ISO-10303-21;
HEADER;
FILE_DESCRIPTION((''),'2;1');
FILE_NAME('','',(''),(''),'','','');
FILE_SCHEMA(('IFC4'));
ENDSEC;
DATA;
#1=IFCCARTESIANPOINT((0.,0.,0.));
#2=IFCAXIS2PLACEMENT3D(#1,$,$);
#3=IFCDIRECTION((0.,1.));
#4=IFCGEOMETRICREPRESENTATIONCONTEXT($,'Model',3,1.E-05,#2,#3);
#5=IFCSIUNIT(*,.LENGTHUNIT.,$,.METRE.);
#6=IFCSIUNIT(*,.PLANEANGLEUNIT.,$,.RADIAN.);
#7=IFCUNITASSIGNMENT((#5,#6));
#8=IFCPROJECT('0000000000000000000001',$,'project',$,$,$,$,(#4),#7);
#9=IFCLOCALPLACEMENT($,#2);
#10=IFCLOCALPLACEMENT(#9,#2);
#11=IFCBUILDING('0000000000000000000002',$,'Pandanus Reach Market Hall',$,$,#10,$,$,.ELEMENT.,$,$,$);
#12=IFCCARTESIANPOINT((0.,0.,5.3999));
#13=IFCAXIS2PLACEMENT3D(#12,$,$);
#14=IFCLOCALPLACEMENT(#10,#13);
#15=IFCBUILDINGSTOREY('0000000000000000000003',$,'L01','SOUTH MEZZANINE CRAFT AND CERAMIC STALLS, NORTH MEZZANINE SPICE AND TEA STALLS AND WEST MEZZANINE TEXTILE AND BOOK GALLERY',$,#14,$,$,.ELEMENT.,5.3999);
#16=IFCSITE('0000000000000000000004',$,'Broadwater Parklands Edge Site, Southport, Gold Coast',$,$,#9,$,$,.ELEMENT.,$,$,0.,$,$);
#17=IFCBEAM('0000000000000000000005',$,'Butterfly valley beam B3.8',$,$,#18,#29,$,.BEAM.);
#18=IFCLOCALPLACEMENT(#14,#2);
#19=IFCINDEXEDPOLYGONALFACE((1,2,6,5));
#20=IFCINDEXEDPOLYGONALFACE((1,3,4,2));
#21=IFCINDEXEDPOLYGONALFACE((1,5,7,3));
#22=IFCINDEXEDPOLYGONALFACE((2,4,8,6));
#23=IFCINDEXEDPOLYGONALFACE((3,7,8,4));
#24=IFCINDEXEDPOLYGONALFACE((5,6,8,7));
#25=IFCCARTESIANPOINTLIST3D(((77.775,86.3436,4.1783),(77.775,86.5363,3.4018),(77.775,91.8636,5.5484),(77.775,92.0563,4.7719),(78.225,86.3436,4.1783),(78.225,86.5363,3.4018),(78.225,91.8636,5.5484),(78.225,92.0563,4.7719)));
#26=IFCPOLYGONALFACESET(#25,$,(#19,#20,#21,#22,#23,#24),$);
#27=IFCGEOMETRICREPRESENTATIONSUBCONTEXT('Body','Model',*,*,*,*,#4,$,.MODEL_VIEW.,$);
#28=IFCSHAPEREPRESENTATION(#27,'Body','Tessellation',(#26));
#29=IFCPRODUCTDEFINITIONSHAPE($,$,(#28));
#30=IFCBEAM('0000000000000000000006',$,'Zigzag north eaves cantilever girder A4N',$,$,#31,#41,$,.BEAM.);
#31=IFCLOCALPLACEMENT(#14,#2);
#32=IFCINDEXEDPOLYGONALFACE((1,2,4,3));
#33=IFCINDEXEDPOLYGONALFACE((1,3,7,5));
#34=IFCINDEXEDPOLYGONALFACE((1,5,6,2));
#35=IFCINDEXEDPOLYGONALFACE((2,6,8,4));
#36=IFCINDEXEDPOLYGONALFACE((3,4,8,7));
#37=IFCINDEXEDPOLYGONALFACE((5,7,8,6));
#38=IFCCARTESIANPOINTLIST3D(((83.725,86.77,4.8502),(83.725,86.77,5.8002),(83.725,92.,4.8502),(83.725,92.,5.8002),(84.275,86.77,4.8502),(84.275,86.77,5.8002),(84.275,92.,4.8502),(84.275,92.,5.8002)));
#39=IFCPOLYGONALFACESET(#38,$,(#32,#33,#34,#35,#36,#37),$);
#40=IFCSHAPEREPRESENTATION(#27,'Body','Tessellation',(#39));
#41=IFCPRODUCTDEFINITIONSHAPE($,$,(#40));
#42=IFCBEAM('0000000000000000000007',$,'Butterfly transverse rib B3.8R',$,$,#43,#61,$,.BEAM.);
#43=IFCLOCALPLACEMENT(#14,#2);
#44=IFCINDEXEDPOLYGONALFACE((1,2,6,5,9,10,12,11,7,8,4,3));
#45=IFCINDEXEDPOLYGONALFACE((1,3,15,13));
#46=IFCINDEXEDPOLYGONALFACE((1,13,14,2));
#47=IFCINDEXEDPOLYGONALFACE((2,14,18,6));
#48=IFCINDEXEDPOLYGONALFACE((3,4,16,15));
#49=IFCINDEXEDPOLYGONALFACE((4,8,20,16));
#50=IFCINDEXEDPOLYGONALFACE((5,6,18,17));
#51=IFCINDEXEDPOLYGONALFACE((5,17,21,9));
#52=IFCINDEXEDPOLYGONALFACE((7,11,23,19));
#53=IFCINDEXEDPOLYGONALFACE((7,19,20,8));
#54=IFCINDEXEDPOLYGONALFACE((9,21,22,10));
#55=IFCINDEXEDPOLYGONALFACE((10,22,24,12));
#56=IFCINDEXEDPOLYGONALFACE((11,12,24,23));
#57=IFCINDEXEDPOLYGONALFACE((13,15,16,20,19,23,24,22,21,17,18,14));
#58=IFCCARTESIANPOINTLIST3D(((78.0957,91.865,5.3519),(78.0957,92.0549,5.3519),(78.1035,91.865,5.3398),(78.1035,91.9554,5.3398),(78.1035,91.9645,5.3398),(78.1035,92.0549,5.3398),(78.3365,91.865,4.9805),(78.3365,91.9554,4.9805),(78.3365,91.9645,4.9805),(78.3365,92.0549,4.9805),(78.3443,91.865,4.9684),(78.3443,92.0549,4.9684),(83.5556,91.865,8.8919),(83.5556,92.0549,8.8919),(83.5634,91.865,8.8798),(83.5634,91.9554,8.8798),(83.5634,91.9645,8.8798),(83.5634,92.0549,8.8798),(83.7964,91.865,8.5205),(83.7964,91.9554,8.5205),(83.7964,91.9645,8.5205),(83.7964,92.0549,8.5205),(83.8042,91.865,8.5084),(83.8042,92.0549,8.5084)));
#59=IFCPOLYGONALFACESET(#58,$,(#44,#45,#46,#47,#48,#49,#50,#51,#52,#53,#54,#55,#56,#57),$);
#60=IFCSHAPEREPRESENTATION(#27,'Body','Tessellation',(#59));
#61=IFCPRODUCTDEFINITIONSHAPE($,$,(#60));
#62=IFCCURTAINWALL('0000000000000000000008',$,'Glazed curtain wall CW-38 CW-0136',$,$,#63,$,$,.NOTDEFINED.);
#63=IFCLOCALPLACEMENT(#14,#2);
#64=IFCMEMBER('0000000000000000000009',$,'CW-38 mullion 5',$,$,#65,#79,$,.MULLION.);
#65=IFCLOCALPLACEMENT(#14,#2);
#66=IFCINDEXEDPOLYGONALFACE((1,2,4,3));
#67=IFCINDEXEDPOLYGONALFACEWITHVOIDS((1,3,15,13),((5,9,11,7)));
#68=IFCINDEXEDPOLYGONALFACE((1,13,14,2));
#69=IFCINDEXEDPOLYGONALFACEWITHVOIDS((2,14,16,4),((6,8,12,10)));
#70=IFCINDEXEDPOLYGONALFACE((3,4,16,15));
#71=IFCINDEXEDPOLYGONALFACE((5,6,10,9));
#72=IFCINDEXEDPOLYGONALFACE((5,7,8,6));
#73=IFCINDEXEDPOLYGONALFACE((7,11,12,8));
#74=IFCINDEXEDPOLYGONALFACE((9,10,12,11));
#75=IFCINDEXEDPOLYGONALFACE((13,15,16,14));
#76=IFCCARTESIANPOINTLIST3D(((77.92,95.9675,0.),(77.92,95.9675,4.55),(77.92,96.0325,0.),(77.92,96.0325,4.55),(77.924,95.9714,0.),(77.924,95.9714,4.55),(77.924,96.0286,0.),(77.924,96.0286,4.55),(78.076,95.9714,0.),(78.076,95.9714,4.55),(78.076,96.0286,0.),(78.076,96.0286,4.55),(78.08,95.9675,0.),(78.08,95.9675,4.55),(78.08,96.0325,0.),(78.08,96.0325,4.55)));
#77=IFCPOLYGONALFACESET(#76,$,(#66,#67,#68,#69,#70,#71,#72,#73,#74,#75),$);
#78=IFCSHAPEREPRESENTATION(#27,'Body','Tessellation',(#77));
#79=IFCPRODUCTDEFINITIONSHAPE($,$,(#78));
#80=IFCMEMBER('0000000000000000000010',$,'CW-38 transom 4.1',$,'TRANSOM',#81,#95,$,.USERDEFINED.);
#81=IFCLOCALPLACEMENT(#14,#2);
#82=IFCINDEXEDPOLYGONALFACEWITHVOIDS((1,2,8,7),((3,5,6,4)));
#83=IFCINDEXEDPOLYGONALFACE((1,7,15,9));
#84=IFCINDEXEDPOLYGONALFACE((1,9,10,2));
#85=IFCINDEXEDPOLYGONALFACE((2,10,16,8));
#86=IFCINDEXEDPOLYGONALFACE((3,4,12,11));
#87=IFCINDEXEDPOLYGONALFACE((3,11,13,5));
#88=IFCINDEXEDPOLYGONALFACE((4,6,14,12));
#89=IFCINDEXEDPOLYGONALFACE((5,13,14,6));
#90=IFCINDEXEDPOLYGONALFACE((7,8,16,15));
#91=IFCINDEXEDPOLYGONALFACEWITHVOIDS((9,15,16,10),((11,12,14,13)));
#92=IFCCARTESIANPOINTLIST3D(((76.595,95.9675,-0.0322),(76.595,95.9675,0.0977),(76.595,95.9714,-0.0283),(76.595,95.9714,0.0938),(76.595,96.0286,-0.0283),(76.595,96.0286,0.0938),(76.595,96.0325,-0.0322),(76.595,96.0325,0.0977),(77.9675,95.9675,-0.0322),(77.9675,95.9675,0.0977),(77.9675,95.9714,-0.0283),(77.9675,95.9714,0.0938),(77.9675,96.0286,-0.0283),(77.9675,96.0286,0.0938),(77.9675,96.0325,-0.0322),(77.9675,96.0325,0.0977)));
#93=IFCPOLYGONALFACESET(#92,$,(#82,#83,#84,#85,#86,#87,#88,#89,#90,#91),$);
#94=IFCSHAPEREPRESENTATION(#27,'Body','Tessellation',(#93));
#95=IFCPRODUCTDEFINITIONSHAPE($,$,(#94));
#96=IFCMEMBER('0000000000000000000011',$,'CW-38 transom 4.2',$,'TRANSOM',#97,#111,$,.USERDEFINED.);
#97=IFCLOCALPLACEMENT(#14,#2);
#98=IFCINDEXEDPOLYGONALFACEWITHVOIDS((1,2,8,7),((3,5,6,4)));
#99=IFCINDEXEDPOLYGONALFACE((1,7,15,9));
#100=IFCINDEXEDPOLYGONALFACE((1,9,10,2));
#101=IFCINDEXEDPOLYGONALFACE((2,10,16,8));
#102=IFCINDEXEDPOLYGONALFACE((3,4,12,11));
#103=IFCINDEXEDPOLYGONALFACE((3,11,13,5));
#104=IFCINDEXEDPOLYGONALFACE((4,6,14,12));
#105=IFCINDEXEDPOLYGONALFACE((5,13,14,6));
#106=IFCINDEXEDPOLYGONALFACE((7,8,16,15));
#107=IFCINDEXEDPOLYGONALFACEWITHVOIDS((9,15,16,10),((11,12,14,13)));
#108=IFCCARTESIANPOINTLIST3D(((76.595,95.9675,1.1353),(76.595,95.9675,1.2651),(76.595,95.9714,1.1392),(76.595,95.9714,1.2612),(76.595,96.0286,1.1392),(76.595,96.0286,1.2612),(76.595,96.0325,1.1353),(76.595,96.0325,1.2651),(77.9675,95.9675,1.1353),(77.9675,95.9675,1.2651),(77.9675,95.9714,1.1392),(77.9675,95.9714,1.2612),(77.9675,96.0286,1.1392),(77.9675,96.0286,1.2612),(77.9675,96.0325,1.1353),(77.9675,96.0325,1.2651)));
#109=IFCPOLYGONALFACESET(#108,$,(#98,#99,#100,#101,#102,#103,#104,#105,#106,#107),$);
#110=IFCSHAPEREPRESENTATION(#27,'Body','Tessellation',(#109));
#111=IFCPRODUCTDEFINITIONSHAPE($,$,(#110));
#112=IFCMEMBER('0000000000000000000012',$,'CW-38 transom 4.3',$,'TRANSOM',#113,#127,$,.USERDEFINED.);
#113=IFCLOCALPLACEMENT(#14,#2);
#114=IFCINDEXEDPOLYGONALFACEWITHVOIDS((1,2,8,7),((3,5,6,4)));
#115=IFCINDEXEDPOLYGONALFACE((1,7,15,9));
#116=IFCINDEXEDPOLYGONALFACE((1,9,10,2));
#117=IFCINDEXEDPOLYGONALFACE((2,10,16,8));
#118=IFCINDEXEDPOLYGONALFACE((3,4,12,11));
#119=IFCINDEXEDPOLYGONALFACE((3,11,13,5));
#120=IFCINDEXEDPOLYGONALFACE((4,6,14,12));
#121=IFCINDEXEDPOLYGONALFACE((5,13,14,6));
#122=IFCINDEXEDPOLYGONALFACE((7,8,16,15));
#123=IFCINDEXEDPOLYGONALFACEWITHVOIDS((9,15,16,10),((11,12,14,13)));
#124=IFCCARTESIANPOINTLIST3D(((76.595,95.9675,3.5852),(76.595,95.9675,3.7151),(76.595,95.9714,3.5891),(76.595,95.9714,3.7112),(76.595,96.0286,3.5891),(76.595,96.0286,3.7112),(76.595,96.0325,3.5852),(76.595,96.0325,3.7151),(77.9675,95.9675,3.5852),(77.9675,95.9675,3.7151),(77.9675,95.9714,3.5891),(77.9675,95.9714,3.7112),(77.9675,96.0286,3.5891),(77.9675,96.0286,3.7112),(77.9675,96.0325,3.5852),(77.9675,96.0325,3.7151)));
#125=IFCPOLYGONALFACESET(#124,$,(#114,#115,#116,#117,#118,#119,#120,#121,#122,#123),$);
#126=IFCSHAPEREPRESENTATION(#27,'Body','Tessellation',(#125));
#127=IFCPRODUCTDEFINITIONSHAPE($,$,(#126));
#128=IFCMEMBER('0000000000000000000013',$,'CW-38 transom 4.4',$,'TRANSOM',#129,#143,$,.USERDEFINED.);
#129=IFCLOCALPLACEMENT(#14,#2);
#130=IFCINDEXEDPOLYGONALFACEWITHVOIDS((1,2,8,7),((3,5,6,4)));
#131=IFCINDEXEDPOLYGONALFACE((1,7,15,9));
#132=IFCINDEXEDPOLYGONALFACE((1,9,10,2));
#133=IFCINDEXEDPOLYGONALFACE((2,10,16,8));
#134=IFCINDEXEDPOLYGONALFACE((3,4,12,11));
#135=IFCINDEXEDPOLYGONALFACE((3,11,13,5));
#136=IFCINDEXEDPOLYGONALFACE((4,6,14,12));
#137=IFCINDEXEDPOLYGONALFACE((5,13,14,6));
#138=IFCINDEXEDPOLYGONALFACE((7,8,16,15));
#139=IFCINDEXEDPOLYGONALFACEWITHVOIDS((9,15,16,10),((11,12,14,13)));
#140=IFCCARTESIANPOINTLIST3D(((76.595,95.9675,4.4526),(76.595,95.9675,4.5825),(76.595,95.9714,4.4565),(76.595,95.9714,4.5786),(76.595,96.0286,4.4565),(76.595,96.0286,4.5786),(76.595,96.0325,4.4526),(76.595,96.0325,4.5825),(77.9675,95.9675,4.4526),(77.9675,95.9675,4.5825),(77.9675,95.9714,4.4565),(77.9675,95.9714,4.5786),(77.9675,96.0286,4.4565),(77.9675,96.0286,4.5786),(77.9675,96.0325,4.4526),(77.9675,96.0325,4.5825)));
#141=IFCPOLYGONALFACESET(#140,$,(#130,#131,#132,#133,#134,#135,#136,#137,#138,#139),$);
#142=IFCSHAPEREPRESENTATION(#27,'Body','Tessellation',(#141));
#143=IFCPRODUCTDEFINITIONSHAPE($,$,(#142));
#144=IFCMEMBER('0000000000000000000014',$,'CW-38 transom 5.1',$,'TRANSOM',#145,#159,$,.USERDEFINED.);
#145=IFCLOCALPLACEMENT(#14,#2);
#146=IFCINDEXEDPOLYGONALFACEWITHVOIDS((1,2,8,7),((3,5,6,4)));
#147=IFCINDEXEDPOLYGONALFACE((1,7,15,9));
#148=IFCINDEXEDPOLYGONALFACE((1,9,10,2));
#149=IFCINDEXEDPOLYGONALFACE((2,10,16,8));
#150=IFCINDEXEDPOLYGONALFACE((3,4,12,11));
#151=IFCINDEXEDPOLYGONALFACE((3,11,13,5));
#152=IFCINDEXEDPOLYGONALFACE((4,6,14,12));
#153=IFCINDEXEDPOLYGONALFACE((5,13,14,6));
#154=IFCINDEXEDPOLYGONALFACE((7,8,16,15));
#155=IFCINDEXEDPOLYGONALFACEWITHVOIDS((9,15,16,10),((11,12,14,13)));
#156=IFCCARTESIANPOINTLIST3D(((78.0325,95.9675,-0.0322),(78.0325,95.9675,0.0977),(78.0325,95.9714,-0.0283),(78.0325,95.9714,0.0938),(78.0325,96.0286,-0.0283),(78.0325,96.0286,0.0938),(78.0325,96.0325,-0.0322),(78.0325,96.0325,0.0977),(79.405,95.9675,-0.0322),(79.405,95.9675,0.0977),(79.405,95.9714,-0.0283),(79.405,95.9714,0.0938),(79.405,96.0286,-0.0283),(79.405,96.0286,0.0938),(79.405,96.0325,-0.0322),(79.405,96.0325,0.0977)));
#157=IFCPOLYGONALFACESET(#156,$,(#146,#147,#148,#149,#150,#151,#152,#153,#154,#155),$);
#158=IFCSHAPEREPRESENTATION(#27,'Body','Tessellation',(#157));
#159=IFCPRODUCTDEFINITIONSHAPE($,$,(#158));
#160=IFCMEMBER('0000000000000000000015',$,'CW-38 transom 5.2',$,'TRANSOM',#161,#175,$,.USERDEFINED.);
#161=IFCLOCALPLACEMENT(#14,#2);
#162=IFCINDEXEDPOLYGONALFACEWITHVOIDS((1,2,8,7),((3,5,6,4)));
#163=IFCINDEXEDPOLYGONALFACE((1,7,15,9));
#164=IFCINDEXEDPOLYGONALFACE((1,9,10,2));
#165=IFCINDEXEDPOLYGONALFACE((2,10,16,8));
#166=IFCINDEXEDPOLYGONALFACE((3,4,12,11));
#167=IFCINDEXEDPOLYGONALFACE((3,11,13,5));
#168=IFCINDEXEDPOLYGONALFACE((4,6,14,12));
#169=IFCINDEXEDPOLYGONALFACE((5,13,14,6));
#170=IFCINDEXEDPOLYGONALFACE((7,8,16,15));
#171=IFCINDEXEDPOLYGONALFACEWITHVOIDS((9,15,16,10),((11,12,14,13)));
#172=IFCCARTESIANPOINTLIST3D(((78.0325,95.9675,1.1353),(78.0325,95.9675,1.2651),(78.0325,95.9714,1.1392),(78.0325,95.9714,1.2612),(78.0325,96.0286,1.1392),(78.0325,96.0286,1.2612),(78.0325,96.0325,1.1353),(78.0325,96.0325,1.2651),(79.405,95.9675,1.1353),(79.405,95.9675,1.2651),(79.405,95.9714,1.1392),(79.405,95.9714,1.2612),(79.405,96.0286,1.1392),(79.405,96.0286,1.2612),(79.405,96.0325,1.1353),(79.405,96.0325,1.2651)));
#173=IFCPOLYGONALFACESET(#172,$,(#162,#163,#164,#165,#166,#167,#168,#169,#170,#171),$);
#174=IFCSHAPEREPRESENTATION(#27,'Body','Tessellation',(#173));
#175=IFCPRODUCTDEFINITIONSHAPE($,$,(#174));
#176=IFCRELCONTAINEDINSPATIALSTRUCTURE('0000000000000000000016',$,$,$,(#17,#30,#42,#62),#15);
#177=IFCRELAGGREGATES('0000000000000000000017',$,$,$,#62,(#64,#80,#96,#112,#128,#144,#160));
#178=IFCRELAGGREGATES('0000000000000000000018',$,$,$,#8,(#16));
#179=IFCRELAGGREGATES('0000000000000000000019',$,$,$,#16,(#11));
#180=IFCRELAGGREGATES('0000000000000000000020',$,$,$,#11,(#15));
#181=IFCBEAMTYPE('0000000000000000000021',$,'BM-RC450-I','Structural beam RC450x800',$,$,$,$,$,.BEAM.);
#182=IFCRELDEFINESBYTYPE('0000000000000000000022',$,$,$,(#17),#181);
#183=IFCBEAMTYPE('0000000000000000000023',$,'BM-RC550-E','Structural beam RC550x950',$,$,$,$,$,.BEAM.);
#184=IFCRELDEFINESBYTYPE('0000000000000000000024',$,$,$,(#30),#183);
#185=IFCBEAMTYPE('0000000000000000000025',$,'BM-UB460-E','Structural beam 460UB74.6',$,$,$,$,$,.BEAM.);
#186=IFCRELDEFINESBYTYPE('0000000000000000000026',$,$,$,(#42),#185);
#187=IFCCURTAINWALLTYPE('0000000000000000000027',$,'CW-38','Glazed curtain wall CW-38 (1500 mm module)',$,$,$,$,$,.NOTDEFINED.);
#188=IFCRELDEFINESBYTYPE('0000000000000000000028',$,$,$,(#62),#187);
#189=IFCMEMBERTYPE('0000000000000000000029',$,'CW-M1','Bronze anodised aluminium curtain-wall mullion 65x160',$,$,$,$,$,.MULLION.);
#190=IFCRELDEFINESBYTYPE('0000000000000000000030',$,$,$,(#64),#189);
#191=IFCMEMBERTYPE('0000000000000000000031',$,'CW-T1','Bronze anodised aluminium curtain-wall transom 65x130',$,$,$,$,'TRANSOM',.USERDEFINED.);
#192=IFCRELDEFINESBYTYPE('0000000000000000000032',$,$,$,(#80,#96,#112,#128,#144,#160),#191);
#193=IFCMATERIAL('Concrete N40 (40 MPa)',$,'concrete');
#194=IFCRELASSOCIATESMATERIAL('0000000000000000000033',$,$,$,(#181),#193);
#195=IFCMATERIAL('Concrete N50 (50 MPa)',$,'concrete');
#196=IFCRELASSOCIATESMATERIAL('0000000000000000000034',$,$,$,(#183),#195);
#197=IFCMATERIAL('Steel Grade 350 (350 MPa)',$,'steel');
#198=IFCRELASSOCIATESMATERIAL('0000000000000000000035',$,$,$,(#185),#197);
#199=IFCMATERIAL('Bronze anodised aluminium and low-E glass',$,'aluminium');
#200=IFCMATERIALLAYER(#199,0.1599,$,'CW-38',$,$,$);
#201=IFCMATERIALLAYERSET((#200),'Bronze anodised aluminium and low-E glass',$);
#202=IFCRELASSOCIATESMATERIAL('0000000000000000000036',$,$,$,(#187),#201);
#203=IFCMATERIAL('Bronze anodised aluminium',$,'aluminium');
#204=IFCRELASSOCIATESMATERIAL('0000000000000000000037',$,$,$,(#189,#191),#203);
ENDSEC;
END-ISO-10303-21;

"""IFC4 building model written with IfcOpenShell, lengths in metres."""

from ifc_helpers import new_model, si_unit, direction, frame, origin, origin_2d, place, context, subcontext, project, spatial, rectangle, hollow_rectangle, i_section, extrude, material, layer, layer_set, material_profile, profile_set, type_object, element, aggregate, save


model = new_model("IFC4")

# Units and contexts
model_context = context("Model", 3, precision=1e-05, world=origin(), true_north=direction((0.0, 1.0)))
body_context = subcontext(model_context, "Body", "Model", "MODEL_VIEW")
ifc_project = project(units=[si_unit("LENGTHUNIT", "METRE"), si_unit("PLANEANGLEUNIT", "RADIAN")], contexts=[model_context])

# Site, building, storey
site_placement = place(None, origin())
site = spatial("IfcSite", under=ifc_project, at=site_placement, Name="Broadwater Parklands Edge Site, Southport, Gold Coast", CompositionType="ELEMENT", RefElevation=0.0)
building_placement = place(site_placement, origin())
building = spatial("IfcBuilding", under=site, at=building_placement, Name="Pandanus Reach Market Hall", CompositionType="ELEMENT")
storey_placement = place(building_placement, frame((0.0, 0.0, 5.3999)))
storey = spatial("IfcBuildingStorey", under=building, at=storey_placement, Name="L01", Description="SOUTH MEZZANINE CRAFT AND CERAMIC STALLS, NORTH MEZZANINE SPICE AND TEA STALLS AND WEST MEZZANINE TEXTILE AND BOOK GALLERY", CompositionType="ELEMENT", Elevation=5.3999)

# Beams
ifc_material_1 = material(Name="Concrete N40 (40 MPa)", Category="concrete")
ifc_material_profile_1 = material_profile(ifc_material_1, rectangle(XDim=0.45, YDim=0.8, at=origin_2d()), Name="RC450x800", Category="LoadBearing")
ifc_profile_set_1 = profile_set([ifc_material_profile_1], Name="Concrete N40 (40 MPa)")
beam_type_1 = type_object("IfcBeamType", Name="BM-RC450-I", Description="Structural beam RC450x800", PredefinedType="BEAM", material=ifc_profile_set_1)
beam_1_placement = place(storey_placement, frame((78.0, 86.4399, 3.79), z_axis=(0.0, 0.97055, 0.240899), x_axis=(-1.0, 0.0, 0.0)))
element("IfcBeam", 1, at=beam_1_placement, inside=storey, type_object=beam_type_1, Name="Butterfly valley beam B3.8", PredefinedType="BEAM", context=body_context, shape_type="SweptSolid", body=[
    extrude(rectangle(XDim=0.45, YDim=0.8, at=origin_2d()), origin(), (0.0, 0.0, 1.0), 5.6875),
])
ifc_material_2 = material(Name="Concrete N50 (50 MPa)", Category="concrete")
ifc_material_profile_2 = material_profile(ifc_material_2, rectangle(XDim=0.55, YDim=0.95, at=origin_2d()), Name="RC550x950", Category="LoadBearing")
ifc_profile_set_2 = profile_set([ifc_material_profile_2], Name="Concrete N50 (50 MPa)")
beam_type_2 = type_object("IfcBeamType", Name="BM-RC550-E", Description="Structural beam RC550x950", PredefinedType="BEAM", material=ifc_profile_set_2)
beam_2_placement = place(storey_placement, frame((84.0, 86.77, 5.3252), z_axis=(0.0, 1.0, 0.0), x_axis=(-1.0, 0.0, 0.0)))
element("IfcBeam", 2, at=beam_2_placement, inside=storey, type_object=beam_type_2, Name="Zigzag north eaves cantilever girder A4N", PredefinedType="BEAM", context=body_context, shape_type="SweptSolid", body=[
    extrude(rectangle(XDim=0.55, YDim=0.95, at=origin_2d()), origin(), (0.0, 0.0, 1.0), 5.23),
])
ifc_material_3 = material(Name="Steel Grade 350 (350 MPa)", Category="steel")
ifc_material_profile_3 = material_profile(ifc_material_3, i_section(OverallWidth=0.1899, OverallDepth=0.457, WebThickness=0.009, FlangeThickness=0.0144, at=origin_2d()), Name="460UB74.6", Category="LoadBearing")
ifc_profile_set_3 = profile_set([ifc_material_profile_3], Name="Steel Grade 350 (350 MPa)")
beam_type_3 = type_object("IfcBeamType", Name="BM-UB460-E", Description="Structural beam 460UB74.6", PredefinedType="BEAM", material=ifc_profile_set_3)
beam_3_placement = place(storey_placement, frame((78.22, 91.96, 5.1602), z_axis=(0.839071, 0.0, 0.544023), x_axis=(0.0, 1.0, 0.0)))
element("IfcBeam", 3, at=beam_3_placement, inside=storey, type_object=beam_type_3, Name="Butterfly transverse rib B3.8R", PredefinedType="BEAM", context=body_context, shape_type="SweptSolid", body=[
    extrude(i_section(OverallWidth=0.1899, OverallDepth=0.457, WebThickness=0.009, FlangeThickness=0.0144, at=origin_2d()), origin(), (0.0, 0.0, 1.0), 6.5071),
])

# Curtain wall, members
ifc_material_4 = material(Name="Bronze anodised aluminium and low-E glass", Category="aluminium")
ifc_layer_1 = layer(ifc_material_4, 0.1599, Name="CW-38")
ifc_layer_set_1 = layer_set([ifc_layer_1], Name="Bronze anodised aluminium and low-E glass")
curtain_wall_type = type_object("IfcCurtainWallType", Name="CW-38", Description="Glazed curtain wall CW-38 (1500 mm module)", PredefinedType="NOTDEFINED", material=ifc_layer_set_1)
curtain_wall_placement = place(storey_placement, origin())
curtain_wall = element("IfcCurtainWall", 4, at=curtain_wall_placement, inside=storey, type_object=curtain_wall_type, Name="Glazed curtain wall CW-38 CW-0136", PredefinedType="NOTDEFINED")
ifc_material_5 = material(Name="Bronze anodised aluminium", Category="aluminium")
ifc_material_profile_4 = material_profile(ifc_material_5, hollow_rectangle(XDim=0.0649, YDim=0.1599, WallThickness=0.0039, at=origin_2d()), Name="ALU65x160", Category="LoadBearing")
ifc_profile_set_4 = profile_set([ifc_material_profile_4], Name="Bronze anodised aluminium")
member_type_1 = type_object("IfcMemberType", Name="CW-M1", Description="Bronze anodised aluminium curtain-wall mullion 65x160", PredefinedType="MULLION", material=ifc_profile_set_4)
member_1_placement = place(storey_placement, frame((78.0, 96.0, 0.0), z_axis=(0.0, 0.0, 1.0), x_axis=(0.0, 1.0, 0.0)))
member_1 = element("IfcMember", 5, at=member_1_placement, type_object=member_type_1, Name="CW-38 mullion 5", PredefinedType="MULLION", context=body_context, shape_type="SweptSolid", body=[
    extrude(hollow_rectangle(XDim=0.0649, YDim=0.1599, WallThickness=0.0039, at=origin_2d()), origin(), (0.0, 0.0, 1.0), 4.55),
])
ifc_material_profile_5 = material_profile(ifc_material_5, hollow_rectangle(XDim=0.0649, YDim=0.1299, WallThickness=0.0039, at=origin_2d()), Name="ALU65x130", Category="LoadBearing")
ifc_profile_set_5 = profile_set([ifc_material_profile_5], Name="Bronze anodised aluminium")
member_type_2 = type_object("IfcMemberType", Name="CW-T1", Description="Bronze anodised aluminium curtain-wall transom 65x130", ElementType="TRANSOM", PredefinedType="USERDEFINED", material=ifc_profile_set_5)
member_2_placement = place(storey_placement, frame((76.595, 96.0, 0.0327), z_axis=(1.0, 0.0, 0.0), x_axis=(0.0, 1.0, 0.0)))
member_2 = element("IfcMember", 6, at=member_2_placement, type_object=member_type_2, Name="CW-38 transom 4.1", ObjectType="TRANSOM", PredefinedType="USERDEFINED", context=body_context, shape_type="SweptSolid", body=[
    extrude(hollow_rectangle(XDim=0.0649, YDim=0.1299, WallThickness=0.0039, at=origin_2d()), origin(), (0.0, 0.0, 1.0), 1.3726),
])
member_3_placement = place(storey_placement, frame((76.595, 96.0, 1.2002), z_axis=(1.0, 0.0, 0.0), x_axis=(0.0, 1.0, 0.0)))
member_3 = element("IfcMember", 7, at=member_3_placement, type_object=member_type_2, Name="CW-38 transom 4.2", ObjectType="TRANSOM", PredefinedType="USERDEFINED", context=body_context, shape_type="SweptSolid", body=[
    extrude(hollow_rectangle(XDim=0.0649, YDim=0.1299, WallThickness=0.0039, at=origin_2d()), origin(), (0.0, 0.0, 1.0), 1.3726),
])
member_4_placement = place(storey_placement, frame((76.595, 96.0, 3.6501), z_axis=(1.0, 0.0, 0.0), x_axis=(0.0, 1.0, 0.0)))
member_4 = element("IfcMember", 8, at=member_4_placement, type_object=member_type_2, Name="CW-38 transom 4.3", ObjectType="TRANSOM", PredefinedType="USERDEFINED", context=body_context, shape_type="SweptSolid", body=[
    extrude(hollow_rectangle(XDim=0.0649, YDim=0.1299, WallThickness=0.0039, at=origin_2d()), origin(), (0.0, 0.0, 1.0), 1.3726),
])
member_5_placement = place(storey_placement, frame((76.595, 96.0, 4.5176), z_axis=(1.0, 0.0, 0.0), x_axis=(0.0, 1.0, 0.0)))
member_5 = element("IfcMember", 9, at=member_5_placement, type_object=member_type_2, Name="CW-38 transom 4.4", ObjectType="TRANSOM", PredefinedType="USERDEFINED", context=body_context, shape_type="SweptSolid", body=[
    extrude(hollow_rectangle(XDim=0.0649, YDim=0.1299, WallThickness=0.0039, at=origin_2d()), origin(), (0.0, 0.0, 1.0), 1.3726),
])
member_6_placement = place(storey_placement, frame((78.0325, 96.0, 0.0327), z_axis=(1.0, 0.0, 0.0), x_axis=(0.0, 1.0, 0.0)))
member_6 = element("IfcMember", 10, at=member_6_placement, type_object=member_type_2, Name="CW-38 transom 5.1", ObjectType="TRANSOM", PredefinedType="USERDEFINED", context=body_context, shape_type="SweptSolid", body=[
    extrude(hollow_rectangle(XDim=0.0649, YDim=0.1299, WallThickness=0.0039, at=origin_2d()), origin(), (0.0, 0.0, 1.0), 1.3726),
])
member_7_placement = place(storey_placement, frame((78.0325, 96.0, 1.2002), z_axis=(1.0, 0.0, 0.0), x_axis=(0.0, 1.0, 0.0)))
member_7 = element("IfcMember", 11, at=member_7_placement, type_object=member_type_2, Name="CW-38 transom 5.2", ObjectType="TRANSOM", PredefinedType="USERDEFINED", context=body_context, shape_type="SweptSolid", body=[
    extrude(hollow_rectangle(XDim=0.0649, YDim=0.1299, WallThickness=0.0039, at=origin_2d()), origin(), (0.0, 0.0, 1.0), 1.3726),
])

aggregate(curtain_wall, [member_1, member_2, member_3, member_4, member_5, member_6, member_7])

save(model, "model.ifc")
